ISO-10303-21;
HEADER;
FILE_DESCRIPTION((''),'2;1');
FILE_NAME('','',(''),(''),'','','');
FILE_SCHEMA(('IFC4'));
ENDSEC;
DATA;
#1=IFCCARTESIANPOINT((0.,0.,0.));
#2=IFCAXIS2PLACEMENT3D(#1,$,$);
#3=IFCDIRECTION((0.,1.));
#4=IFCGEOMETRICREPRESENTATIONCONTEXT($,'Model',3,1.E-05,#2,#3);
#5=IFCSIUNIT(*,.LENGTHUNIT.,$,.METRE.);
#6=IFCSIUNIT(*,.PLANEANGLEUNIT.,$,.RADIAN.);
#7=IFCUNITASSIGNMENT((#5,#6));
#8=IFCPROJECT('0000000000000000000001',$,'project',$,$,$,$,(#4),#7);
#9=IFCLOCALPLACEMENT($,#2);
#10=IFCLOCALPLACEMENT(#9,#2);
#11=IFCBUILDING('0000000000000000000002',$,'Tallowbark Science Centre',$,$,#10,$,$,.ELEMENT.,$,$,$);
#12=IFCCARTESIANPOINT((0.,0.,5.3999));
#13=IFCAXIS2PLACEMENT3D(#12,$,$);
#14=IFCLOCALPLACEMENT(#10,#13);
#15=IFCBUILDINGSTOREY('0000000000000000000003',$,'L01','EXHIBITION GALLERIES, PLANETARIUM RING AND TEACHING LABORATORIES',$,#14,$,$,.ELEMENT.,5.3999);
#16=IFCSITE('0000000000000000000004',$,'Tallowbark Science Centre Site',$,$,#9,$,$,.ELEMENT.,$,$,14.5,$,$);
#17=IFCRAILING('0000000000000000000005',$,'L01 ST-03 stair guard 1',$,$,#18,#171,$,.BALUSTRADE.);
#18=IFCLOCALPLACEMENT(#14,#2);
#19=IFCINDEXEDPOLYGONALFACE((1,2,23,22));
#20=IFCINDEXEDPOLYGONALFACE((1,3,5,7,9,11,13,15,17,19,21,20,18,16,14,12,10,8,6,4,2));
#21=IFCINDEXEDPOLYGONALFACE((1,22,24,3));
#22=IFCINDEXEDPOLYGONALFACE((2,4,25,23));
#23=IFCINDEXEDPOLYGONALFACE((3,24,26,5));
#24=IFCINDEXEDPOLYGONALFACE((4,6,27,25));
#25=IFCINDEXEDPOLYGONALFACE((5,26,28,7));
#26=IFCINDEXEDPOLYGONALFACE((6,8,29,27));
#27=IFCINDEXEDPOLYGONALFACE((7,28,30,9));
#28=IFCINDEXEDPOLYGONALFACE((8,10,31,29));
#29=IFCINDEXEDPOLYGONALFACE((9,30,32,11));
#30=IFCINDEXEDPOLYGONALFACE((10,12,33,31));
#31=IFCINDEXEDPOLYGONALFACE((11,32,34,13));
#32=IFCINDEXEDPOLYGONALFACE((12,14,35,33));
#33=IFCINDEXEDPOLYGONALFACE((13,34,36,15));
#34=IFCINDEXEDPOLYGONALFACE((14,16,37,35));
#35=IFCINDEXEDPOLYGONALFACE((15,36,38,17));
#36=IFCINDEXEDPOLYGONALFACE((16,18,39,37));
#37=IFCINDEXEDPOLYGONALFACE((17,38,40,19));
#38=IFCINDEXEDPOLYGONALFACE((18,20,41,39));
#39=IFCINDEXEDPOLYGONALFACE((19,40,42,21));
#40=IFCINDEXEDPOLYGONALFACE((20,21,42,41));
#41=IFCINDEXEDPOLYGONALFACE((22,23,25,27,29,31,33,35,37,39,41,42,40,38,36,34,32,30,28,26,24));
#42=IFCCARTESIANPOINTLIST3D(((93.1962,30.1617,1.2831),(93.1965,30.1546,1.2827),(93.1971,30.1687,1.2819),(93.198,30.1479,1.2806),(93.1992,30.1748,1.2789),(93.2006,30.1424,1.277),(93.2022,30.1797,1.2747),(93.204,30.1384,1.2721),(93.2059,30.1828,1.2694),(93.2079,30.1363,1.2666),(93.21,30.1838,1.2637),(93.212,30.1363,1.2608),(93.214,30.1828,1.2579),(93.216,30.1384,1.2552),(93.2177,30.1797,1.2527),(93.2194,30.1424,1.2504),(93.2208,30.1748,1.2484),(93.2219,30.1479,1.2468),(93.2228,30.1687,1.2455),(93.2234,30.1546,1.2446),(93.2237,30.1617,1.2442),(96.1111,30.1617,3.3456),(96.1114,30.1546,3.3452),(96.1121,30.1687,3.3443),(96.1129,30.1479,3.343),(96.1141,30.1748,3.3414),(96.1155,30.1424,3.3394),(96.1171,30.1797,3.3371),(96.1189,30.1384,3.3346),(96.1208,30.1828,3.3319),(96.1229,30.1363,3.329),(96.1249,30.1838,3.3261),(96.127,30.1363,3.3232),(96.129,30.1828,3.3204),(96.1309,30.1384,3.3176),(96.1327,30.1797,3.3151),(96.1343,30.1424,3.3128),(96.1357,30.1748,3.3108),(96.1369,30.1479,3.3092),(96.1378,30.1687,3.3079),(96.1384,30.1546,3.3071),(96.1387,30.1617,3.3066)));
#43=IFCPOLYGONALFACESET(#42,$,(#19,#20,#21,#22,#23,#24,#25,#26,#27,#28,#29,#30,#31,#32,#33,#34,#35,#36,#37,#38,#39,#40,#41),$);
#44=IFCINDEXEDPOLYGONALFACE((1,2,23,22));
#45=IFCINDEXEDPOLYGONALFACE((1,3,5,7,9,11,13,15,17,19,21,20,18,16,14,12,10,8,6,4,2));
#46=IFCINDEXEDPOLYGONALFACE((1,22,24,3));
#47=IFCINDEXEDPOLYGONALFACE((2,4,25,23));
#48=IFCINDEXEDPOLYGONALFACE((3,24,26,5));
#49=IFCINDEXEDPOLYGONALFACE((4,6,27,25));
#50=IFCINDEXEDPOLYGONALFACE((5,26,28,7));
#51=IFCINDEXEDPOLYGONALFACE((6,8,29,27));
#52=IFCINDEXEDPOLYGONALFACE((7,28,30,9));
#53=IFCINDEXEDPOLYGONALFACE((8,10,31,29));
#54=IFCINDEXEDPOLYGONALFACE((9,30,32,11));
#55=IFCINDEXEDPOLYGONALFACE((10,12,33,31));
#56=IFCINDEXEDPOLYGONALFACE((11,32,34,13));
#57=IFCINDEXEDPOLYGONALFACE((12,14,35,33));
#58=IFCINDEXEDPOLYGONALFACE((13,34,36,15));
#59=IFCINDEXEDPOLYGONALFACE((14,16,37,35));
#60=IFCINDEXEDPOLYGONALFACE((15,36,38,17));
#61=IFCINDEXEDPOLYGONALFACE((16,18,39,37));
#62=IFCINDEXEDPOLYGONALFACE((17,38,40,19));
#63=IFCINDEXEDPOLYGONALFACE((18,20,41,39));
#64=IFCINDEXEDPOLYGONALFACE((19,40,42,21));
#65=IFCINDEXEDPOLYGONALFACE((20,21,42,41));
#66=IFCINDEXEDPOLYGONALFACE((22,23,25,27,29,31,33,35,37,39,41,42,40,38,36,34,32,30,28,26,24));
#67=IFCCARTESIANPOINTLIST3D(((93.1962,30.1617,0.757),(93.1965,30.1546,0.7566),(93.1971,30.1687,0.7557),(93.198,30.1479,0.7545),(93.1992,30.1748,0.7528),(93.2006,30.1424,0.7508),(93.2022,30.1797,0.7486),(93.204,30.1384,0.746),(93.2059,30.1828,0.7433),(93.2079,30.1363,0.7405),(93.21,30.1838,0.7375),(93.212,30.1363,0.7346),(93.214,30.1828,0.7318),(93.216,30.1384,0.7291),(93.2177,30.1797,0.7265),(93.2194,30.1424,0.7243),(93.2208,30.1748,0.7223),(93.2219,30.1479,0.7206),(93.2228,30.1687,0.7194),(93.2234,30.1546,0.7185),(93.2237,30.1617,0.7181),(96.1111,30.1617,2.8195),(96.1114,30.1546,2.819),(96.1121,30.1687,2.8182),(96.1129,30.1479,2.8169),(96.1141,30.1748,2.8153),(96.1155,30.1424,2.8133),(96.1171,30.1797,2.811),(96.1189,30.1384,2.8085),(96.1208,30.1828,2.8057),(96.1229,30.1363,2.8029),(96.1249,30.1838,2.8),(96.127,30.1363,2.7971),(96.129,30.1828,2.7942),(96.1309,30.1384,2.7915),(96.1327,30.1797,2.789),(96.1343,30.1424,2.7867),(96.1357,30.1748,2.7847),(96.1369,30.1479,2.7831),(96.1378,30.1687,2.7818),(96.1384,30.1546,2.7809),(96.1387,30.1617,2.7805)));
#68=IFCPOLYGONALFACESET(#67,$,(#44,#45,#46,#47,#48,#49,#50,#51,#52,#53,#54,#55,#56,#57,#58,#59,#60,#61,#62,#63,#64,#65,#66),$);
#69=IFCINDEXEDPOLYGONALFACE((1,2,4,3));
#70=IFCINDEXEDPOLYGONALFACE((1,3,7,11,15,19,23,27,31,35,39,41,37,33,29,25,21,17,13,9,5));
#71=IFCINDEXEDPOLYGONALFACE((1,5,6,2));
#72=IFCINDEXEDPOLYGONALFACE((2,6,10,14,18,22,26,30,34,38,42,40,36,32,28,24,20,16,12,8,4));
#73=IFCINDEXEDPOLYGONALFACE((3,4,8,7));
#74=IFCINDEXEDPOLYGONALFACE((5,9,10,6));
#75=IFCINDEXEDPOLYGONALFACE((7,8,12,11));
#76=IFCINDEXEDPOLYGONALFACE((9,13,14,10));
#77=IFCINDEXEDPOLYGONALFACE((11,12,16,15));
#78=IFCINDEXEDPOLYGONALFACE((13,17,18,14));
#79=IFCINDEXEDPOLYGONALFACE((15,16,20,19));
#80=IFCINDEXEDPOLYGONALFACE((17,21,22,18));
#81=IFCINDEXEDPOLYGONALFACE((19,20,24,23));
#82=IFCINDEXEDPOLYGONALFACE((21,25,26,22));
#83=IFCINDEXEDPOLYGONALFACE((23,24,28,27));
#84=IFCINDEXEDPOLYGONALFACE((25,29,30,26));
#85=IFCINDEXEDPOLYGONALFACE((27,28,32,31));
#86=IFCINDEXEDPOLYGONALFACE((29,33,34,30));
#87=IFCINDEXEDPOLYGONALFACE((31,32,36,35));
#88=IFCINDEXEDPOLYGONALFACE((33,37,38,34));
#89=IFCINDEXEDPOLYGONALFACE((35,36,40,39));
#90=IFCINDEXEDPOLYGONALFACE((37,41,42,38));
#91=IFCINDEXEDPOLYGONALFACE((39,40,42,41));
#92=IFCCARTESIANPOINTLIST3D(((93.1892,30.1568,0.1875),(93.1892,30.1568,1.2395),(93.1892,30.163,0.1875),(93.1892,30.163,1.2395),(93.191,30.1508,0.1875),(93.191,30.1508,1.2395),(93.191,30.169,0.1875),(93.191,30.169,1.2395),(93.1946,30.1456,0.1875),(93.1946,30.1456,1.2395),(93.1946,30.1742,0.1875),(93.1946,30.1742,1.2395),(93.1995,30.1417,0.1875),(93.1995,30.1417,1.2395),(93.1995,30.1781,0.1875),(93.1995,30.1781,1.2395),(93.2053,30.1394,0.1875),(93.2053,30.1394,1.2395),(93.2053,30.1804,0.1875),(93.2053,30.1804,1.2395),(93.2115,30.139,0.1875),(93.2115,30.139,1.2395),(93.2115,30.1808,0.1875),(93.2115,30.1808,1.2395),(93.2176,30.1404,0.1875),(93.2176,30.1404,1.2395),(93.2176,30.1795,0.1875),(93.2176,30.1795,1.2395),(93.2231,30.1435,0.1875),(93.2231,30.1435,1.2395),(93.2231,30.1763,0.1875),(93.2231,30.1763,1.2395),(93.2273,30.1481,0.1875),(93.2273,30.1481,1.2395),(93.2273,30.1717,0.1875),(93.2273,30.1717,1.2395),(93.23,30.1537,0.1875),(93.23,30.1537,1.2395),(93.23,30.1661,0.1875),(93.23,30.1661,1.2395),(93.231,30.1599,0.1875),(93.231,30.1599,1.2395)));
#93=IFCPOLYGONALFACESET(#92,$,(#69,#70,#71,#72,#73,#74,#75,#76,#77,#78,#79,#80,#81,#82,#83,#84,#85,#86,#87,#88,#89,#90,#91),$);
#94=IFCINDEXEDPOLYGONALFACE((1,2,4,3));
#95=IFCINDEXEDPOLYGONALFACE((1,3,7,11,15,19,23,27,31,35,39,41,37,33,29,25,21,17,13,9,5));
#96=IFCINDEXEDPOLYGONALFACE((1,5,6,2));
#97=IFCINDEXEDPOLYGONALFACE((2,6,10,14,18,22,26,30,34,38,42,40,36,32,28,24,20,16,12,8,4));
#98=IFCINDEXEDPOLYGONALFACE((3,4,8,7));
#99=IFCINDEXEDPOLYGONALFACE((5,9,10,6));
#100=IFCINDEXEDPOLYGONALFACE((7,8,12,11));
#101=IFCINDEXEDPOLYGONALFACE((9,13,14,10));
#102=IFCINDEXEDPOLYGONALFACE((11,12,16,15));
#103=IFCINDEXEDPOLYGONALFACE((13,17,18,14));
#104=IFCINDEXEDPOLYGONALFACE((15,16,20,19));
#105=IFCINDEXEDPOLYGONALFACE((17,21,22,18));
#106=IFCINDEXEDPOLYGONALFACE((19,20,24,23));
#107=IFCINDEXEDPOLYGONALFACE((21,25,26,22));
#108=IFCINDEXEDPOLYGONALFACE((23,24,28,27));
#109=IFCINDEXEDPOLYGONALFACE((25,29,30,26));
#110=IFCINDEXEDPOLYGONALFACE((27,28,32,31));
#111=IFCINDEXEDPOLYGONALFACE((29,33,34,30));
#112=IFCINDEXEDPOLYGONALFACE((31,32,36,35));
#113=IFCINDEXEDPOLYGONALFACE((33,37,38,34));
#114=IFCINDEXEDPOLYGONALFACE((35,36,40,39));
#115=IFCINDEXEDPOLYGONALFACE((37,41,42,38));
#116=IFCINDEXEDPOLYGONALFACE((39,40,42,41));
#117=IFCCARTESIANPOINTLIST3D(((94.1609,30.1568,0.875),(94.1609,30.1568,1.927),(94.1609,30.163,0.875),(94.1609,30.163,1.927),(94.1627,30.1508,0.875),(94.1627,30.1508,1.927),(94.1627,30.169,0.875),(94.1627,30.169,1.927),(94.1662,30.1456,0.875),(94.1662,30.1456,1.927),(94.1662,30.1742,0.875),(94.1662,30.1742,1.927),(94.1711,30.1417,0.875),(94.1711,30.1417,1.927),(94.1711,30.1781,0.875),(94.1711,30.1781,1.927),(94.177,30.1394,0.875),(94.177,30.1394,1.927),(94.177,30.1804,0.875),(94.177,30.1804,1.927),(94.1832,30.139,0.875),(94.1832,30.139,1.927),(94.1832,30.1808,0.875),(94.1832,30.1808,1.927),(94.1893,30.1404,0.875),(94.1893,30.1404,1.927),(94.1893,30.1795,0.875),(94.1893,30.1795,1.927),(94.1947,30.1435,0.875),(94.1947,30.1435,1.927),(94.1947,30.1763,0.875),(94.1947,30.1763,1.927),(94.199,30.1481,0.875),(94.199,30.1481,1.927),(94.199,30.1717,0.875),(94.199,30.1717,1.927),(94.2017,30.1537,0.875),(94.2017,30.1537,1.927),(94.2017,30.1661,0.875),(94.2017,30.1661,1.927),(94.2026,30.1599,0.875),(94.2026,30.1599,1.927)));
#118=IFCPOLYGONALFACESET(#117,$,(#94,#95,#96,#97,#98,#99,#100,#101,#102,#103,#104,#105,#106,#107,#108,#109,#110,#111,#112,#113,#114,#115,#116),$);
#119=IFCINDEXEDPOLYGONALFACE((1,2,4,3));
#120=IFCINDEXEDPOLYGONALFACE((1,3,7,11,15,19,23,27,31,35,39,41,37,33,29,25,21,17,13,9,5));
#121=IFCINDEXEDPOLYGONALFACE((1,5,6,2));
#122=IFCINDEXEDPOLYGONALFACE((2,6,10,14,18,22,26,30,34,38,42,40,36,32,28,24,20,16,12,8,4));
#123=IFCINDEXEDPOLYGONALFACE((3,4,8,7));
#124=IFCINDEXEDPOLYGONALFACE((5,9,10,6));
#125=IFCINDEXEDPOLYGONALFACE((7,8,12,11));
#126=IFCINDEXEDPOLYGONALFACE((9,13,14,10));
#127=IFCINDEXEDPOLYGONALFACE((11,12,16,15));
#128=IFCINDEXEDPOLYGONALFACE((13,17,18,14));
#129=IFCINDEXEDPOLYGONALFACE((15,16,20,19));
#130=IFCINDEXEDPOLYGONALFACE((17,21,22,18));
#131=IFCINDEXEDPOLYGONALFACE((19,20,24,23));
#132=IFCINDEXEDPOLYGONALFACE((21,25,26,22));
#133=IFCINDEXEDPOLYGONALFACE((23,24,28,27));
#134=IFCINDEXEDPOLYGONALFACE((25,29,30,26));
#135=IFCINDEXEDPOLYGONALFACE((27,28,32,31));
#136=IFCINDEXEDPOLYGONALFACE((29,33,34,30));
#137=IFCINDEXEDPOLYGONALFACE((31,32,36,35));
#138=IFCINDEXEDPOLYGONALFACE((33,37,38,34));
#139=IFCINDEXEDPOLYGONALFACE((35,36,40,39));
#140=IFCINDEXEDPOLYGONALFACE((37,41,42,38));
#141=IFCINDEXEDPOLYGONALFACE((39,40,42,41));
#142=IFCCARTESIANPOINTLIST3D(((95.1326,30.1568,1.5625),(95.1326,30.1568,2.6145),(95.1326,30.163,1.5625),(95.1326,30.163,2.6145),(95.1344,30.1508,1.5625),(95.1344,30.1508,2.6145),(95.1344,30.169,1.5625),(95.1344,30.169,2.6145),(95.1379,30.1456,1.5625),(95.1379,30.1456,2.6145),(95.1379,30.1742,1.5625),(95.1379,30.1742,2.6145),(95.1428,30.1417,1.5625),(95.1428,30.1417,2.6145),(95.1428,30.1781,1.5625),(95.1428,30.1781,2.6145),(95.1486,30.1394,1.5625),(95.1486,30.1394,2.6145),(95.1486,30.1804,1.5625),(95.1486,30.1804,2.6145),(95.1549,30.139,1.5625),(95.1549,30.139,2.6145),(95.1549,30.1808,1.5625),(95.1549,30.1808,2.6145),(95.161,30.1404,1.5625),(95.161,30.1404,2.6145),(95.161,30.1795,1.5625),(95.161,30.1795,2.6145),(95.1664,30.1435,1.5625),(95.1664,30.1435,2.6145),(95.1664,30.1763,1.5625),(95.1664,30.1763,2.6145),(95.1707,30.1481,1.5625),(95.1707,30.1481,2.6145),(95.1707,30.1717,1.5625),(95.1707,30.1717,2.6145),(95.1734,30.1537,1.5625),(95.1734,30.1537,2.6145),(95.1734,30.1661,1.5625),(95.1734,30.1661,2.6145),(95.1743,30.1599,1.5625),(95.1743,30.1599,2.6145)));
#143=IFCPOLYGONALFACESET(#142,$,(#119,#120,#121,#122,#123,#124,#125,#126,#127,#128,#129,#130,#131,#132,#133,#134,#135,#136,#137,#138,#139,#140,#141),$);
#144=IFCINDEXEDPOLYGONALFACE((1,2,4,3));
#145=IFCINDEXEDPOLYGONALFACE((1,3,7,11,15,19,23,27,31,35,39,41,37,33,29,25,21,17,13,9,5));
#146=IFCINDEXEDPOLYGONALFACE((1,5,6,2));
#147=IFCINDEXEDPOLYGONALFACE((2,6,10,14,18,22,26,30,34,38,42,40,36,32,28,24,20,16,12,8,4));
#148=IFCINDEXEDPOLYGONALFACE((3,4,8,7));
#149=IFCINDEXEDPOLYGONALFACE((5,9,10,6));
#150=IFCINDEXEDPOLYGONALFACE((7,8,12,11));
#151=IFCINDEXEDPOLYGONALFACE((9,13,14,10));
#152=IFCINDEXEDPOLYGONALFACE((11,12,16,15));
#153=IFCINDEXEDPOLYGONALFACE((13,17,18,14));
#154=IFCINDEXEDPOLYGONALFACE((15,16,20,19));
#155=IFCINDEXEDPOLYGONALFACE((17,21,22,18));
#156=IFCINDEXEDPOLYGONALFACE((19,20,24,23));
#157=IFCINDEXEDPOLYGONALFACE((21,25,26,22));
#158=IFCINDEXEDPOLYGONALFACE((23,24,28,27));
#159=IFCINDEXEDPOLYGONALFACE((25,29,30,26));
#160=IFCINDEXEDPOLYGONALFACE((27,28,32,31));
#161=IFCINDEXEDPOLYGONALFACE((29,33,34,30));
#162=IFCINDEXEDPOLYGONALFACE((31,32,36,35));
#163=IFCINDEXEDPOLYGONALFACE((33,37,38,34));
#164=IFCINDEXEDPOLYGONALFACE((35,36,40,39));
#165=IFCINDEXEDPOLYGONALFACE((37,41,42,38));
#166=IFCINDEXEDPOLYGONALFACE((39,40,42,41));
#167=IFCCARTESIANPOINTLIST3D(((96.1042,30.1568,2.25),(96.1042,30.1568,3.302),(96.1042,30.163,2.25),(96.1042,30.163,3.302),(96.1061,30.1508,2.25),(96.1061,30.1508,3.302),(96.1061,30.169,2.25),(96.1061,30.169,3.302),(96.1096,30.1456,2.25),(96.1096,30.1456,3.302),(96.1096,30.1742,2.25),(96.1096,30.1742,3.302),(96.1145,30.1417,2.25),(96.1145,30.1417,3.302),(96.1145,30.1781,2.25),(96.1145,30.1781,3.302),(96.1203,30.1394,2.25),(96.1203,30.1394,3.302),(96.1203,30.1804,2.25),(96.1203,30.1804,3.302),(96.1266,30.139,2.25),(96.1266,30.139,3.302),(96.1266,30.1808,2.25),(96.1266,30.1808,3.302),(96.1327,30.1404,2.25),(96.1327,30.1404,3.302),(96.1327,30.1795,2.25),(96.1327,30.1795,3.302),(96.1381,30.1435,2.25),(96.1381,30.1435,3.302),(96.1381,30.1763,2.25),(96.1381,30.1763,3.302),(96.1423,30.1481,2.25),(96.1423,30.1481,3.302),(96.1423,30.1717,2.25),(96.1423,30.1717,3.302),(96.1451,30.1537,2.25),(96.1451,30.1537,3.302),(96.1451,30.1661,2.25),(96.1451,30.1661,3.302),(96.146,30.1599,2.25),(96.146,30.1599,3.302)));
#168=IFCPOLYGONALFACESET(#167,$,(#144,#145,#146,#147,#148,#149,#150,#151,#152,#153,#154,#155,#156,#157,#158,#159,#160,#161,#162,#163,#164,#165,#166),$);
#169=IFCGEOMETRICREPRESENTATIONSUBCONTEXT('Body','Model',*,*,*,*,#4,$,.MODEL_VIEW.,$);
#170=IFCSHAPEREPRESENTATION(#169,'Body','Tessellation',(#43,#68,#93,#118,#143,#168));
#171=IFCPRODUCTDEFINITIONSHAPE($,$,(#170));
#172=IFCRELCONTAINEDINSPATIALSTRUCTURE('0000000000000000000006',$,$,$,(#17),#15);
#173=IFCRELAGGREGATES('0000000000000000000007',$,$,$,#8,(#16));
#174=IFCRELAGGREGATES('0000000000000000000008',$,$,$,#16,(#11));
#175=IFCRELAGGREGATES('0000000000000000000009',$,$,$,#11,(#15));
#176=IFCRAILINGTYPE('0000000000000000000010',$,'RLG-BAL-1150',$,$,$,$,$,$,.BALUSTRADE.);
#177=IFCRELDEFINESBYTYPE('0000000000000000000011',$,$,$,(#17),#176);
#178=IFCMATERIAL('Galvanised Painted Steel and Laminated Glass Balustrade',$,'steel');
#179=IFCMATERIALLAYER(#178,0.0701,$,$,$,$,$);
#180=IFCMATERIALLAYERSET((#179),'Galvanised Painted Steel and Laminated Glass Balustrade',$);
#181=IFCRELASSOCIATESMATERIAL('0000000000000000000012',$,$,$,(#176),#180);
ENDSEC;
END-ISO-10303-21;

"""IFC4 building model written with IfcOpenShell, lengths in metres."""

from ifc_helpers import new_model, si_unit, direction, frame, origin, origin_2d, place, context, subcontext, project, spatial, circle, extrude, material, layer, layer_set, type_object, element, save


model = new_model("IFC4")

# Units and contexts
model_context = context("Model", 3, precision=1e-05, world=origin(), true_north=direction((0.0, 1.0)))
body_context = subcontext(model_context, "Body", "Model", "MODEL_VIEW")
ifc_project = project(units=[si_unit("LENGTHUNIT", "METRE"), si_unit("PLANEANGLEUNIT", "RADIAN")], contexts=[model_context])

# Site, building, storey
site_placement = place(None, origin())
site = spatial("IfcSite", under=ifc_project, at=site_placement, Name="Tallowbark Science Centre Site", CompositionType="ELEMENT", RefElevation=14.5)
building_placement = place(site_placement, origin())
building = spatial("IfcBuilding", under=site, at=building_placement, Name="Tallowbark Science Centre", CompositionType="ELEMENT")
storey_placement = place(building_placement, frame((0.0, 0.0, 5.3999)))
storey = spatial("IfcBuildingStorey", under=building, at=storey_placement, Name="L01", Description="EXHIBITION GALLERIES, PLANETARIUM RING AND TEACHING LABORATORIES", CompositionType="ELEMENT", Elevation=5.3999)

# Railing
ifc_material_1 = material(Name="Galvanised Painted Steel and Laminated Glass Balustrade", Category="steel")
ifc_layer_1 = layer(ifc_material_1, 0.0701)
ifc_layer_set_1 = layer_set([ifc_layer_1], Name="Galvanised Painted Steel and Laminated Glass Balustrade")
railing_type_1 = type_object("IfcRailingType", Name="RLG-BAL-1150", PredefinedType="BALUSTRADE", material=ifc_layer_set_1)
railing_1_placement = place(storey_placement, frame((93.21, 30.1599, 0.1875)))
element("IfcRailing", 1, at=railing_1_placement, inside=storey, type_object=railing_type_1, Name="L01 ST-03 stair guard 1", PredefinedType="BALUSTRADE", context=body_context, shape_type="SweptSolid", body=[
    extrude(circle(Radius=0.0239, at=origin_2d()), frame((0.0, 0.0, 1.0762), z_axis=(0.816331, 0.0, 0.577585), x_axis=(0.0, 1.0, 0.0)), (0.0, 0.0, 1.0), 3.5708),
    extrude(circle(Radius=0.0239, at=origin_2d()), frame((0.0, 0.0, 0.55), z_axis=(0.816331, 0.0, 0.577585), x_axis=(0.0, 1.0, 0.0)), (0.0, 0.0, 1.0), 3.5708),
    extrude(circle(Radius=0.021, at=origin_2d()), origin(), (0.0, 0.0, 1.0), 1.052),
    extrude(circle(Radius=0.021, at=origin_2d()), frame((0.9717, 0.0, 0.6875)), (0.0, 0.0, 1.0), 1.052),
    extrude(circle(Radius=0.021, at=origin_2d()), frame((1.9434, 0.0, 1.375)), (0.0, 0.0, 1.0), 1.052),
    extrude(circle(Radius=0.021, at=origin_2d()), frame((2.915, 0.0, 2.0625)), (0.0, 0.0, 1.0), 1.052),
])

save(model, "model.ifc")
